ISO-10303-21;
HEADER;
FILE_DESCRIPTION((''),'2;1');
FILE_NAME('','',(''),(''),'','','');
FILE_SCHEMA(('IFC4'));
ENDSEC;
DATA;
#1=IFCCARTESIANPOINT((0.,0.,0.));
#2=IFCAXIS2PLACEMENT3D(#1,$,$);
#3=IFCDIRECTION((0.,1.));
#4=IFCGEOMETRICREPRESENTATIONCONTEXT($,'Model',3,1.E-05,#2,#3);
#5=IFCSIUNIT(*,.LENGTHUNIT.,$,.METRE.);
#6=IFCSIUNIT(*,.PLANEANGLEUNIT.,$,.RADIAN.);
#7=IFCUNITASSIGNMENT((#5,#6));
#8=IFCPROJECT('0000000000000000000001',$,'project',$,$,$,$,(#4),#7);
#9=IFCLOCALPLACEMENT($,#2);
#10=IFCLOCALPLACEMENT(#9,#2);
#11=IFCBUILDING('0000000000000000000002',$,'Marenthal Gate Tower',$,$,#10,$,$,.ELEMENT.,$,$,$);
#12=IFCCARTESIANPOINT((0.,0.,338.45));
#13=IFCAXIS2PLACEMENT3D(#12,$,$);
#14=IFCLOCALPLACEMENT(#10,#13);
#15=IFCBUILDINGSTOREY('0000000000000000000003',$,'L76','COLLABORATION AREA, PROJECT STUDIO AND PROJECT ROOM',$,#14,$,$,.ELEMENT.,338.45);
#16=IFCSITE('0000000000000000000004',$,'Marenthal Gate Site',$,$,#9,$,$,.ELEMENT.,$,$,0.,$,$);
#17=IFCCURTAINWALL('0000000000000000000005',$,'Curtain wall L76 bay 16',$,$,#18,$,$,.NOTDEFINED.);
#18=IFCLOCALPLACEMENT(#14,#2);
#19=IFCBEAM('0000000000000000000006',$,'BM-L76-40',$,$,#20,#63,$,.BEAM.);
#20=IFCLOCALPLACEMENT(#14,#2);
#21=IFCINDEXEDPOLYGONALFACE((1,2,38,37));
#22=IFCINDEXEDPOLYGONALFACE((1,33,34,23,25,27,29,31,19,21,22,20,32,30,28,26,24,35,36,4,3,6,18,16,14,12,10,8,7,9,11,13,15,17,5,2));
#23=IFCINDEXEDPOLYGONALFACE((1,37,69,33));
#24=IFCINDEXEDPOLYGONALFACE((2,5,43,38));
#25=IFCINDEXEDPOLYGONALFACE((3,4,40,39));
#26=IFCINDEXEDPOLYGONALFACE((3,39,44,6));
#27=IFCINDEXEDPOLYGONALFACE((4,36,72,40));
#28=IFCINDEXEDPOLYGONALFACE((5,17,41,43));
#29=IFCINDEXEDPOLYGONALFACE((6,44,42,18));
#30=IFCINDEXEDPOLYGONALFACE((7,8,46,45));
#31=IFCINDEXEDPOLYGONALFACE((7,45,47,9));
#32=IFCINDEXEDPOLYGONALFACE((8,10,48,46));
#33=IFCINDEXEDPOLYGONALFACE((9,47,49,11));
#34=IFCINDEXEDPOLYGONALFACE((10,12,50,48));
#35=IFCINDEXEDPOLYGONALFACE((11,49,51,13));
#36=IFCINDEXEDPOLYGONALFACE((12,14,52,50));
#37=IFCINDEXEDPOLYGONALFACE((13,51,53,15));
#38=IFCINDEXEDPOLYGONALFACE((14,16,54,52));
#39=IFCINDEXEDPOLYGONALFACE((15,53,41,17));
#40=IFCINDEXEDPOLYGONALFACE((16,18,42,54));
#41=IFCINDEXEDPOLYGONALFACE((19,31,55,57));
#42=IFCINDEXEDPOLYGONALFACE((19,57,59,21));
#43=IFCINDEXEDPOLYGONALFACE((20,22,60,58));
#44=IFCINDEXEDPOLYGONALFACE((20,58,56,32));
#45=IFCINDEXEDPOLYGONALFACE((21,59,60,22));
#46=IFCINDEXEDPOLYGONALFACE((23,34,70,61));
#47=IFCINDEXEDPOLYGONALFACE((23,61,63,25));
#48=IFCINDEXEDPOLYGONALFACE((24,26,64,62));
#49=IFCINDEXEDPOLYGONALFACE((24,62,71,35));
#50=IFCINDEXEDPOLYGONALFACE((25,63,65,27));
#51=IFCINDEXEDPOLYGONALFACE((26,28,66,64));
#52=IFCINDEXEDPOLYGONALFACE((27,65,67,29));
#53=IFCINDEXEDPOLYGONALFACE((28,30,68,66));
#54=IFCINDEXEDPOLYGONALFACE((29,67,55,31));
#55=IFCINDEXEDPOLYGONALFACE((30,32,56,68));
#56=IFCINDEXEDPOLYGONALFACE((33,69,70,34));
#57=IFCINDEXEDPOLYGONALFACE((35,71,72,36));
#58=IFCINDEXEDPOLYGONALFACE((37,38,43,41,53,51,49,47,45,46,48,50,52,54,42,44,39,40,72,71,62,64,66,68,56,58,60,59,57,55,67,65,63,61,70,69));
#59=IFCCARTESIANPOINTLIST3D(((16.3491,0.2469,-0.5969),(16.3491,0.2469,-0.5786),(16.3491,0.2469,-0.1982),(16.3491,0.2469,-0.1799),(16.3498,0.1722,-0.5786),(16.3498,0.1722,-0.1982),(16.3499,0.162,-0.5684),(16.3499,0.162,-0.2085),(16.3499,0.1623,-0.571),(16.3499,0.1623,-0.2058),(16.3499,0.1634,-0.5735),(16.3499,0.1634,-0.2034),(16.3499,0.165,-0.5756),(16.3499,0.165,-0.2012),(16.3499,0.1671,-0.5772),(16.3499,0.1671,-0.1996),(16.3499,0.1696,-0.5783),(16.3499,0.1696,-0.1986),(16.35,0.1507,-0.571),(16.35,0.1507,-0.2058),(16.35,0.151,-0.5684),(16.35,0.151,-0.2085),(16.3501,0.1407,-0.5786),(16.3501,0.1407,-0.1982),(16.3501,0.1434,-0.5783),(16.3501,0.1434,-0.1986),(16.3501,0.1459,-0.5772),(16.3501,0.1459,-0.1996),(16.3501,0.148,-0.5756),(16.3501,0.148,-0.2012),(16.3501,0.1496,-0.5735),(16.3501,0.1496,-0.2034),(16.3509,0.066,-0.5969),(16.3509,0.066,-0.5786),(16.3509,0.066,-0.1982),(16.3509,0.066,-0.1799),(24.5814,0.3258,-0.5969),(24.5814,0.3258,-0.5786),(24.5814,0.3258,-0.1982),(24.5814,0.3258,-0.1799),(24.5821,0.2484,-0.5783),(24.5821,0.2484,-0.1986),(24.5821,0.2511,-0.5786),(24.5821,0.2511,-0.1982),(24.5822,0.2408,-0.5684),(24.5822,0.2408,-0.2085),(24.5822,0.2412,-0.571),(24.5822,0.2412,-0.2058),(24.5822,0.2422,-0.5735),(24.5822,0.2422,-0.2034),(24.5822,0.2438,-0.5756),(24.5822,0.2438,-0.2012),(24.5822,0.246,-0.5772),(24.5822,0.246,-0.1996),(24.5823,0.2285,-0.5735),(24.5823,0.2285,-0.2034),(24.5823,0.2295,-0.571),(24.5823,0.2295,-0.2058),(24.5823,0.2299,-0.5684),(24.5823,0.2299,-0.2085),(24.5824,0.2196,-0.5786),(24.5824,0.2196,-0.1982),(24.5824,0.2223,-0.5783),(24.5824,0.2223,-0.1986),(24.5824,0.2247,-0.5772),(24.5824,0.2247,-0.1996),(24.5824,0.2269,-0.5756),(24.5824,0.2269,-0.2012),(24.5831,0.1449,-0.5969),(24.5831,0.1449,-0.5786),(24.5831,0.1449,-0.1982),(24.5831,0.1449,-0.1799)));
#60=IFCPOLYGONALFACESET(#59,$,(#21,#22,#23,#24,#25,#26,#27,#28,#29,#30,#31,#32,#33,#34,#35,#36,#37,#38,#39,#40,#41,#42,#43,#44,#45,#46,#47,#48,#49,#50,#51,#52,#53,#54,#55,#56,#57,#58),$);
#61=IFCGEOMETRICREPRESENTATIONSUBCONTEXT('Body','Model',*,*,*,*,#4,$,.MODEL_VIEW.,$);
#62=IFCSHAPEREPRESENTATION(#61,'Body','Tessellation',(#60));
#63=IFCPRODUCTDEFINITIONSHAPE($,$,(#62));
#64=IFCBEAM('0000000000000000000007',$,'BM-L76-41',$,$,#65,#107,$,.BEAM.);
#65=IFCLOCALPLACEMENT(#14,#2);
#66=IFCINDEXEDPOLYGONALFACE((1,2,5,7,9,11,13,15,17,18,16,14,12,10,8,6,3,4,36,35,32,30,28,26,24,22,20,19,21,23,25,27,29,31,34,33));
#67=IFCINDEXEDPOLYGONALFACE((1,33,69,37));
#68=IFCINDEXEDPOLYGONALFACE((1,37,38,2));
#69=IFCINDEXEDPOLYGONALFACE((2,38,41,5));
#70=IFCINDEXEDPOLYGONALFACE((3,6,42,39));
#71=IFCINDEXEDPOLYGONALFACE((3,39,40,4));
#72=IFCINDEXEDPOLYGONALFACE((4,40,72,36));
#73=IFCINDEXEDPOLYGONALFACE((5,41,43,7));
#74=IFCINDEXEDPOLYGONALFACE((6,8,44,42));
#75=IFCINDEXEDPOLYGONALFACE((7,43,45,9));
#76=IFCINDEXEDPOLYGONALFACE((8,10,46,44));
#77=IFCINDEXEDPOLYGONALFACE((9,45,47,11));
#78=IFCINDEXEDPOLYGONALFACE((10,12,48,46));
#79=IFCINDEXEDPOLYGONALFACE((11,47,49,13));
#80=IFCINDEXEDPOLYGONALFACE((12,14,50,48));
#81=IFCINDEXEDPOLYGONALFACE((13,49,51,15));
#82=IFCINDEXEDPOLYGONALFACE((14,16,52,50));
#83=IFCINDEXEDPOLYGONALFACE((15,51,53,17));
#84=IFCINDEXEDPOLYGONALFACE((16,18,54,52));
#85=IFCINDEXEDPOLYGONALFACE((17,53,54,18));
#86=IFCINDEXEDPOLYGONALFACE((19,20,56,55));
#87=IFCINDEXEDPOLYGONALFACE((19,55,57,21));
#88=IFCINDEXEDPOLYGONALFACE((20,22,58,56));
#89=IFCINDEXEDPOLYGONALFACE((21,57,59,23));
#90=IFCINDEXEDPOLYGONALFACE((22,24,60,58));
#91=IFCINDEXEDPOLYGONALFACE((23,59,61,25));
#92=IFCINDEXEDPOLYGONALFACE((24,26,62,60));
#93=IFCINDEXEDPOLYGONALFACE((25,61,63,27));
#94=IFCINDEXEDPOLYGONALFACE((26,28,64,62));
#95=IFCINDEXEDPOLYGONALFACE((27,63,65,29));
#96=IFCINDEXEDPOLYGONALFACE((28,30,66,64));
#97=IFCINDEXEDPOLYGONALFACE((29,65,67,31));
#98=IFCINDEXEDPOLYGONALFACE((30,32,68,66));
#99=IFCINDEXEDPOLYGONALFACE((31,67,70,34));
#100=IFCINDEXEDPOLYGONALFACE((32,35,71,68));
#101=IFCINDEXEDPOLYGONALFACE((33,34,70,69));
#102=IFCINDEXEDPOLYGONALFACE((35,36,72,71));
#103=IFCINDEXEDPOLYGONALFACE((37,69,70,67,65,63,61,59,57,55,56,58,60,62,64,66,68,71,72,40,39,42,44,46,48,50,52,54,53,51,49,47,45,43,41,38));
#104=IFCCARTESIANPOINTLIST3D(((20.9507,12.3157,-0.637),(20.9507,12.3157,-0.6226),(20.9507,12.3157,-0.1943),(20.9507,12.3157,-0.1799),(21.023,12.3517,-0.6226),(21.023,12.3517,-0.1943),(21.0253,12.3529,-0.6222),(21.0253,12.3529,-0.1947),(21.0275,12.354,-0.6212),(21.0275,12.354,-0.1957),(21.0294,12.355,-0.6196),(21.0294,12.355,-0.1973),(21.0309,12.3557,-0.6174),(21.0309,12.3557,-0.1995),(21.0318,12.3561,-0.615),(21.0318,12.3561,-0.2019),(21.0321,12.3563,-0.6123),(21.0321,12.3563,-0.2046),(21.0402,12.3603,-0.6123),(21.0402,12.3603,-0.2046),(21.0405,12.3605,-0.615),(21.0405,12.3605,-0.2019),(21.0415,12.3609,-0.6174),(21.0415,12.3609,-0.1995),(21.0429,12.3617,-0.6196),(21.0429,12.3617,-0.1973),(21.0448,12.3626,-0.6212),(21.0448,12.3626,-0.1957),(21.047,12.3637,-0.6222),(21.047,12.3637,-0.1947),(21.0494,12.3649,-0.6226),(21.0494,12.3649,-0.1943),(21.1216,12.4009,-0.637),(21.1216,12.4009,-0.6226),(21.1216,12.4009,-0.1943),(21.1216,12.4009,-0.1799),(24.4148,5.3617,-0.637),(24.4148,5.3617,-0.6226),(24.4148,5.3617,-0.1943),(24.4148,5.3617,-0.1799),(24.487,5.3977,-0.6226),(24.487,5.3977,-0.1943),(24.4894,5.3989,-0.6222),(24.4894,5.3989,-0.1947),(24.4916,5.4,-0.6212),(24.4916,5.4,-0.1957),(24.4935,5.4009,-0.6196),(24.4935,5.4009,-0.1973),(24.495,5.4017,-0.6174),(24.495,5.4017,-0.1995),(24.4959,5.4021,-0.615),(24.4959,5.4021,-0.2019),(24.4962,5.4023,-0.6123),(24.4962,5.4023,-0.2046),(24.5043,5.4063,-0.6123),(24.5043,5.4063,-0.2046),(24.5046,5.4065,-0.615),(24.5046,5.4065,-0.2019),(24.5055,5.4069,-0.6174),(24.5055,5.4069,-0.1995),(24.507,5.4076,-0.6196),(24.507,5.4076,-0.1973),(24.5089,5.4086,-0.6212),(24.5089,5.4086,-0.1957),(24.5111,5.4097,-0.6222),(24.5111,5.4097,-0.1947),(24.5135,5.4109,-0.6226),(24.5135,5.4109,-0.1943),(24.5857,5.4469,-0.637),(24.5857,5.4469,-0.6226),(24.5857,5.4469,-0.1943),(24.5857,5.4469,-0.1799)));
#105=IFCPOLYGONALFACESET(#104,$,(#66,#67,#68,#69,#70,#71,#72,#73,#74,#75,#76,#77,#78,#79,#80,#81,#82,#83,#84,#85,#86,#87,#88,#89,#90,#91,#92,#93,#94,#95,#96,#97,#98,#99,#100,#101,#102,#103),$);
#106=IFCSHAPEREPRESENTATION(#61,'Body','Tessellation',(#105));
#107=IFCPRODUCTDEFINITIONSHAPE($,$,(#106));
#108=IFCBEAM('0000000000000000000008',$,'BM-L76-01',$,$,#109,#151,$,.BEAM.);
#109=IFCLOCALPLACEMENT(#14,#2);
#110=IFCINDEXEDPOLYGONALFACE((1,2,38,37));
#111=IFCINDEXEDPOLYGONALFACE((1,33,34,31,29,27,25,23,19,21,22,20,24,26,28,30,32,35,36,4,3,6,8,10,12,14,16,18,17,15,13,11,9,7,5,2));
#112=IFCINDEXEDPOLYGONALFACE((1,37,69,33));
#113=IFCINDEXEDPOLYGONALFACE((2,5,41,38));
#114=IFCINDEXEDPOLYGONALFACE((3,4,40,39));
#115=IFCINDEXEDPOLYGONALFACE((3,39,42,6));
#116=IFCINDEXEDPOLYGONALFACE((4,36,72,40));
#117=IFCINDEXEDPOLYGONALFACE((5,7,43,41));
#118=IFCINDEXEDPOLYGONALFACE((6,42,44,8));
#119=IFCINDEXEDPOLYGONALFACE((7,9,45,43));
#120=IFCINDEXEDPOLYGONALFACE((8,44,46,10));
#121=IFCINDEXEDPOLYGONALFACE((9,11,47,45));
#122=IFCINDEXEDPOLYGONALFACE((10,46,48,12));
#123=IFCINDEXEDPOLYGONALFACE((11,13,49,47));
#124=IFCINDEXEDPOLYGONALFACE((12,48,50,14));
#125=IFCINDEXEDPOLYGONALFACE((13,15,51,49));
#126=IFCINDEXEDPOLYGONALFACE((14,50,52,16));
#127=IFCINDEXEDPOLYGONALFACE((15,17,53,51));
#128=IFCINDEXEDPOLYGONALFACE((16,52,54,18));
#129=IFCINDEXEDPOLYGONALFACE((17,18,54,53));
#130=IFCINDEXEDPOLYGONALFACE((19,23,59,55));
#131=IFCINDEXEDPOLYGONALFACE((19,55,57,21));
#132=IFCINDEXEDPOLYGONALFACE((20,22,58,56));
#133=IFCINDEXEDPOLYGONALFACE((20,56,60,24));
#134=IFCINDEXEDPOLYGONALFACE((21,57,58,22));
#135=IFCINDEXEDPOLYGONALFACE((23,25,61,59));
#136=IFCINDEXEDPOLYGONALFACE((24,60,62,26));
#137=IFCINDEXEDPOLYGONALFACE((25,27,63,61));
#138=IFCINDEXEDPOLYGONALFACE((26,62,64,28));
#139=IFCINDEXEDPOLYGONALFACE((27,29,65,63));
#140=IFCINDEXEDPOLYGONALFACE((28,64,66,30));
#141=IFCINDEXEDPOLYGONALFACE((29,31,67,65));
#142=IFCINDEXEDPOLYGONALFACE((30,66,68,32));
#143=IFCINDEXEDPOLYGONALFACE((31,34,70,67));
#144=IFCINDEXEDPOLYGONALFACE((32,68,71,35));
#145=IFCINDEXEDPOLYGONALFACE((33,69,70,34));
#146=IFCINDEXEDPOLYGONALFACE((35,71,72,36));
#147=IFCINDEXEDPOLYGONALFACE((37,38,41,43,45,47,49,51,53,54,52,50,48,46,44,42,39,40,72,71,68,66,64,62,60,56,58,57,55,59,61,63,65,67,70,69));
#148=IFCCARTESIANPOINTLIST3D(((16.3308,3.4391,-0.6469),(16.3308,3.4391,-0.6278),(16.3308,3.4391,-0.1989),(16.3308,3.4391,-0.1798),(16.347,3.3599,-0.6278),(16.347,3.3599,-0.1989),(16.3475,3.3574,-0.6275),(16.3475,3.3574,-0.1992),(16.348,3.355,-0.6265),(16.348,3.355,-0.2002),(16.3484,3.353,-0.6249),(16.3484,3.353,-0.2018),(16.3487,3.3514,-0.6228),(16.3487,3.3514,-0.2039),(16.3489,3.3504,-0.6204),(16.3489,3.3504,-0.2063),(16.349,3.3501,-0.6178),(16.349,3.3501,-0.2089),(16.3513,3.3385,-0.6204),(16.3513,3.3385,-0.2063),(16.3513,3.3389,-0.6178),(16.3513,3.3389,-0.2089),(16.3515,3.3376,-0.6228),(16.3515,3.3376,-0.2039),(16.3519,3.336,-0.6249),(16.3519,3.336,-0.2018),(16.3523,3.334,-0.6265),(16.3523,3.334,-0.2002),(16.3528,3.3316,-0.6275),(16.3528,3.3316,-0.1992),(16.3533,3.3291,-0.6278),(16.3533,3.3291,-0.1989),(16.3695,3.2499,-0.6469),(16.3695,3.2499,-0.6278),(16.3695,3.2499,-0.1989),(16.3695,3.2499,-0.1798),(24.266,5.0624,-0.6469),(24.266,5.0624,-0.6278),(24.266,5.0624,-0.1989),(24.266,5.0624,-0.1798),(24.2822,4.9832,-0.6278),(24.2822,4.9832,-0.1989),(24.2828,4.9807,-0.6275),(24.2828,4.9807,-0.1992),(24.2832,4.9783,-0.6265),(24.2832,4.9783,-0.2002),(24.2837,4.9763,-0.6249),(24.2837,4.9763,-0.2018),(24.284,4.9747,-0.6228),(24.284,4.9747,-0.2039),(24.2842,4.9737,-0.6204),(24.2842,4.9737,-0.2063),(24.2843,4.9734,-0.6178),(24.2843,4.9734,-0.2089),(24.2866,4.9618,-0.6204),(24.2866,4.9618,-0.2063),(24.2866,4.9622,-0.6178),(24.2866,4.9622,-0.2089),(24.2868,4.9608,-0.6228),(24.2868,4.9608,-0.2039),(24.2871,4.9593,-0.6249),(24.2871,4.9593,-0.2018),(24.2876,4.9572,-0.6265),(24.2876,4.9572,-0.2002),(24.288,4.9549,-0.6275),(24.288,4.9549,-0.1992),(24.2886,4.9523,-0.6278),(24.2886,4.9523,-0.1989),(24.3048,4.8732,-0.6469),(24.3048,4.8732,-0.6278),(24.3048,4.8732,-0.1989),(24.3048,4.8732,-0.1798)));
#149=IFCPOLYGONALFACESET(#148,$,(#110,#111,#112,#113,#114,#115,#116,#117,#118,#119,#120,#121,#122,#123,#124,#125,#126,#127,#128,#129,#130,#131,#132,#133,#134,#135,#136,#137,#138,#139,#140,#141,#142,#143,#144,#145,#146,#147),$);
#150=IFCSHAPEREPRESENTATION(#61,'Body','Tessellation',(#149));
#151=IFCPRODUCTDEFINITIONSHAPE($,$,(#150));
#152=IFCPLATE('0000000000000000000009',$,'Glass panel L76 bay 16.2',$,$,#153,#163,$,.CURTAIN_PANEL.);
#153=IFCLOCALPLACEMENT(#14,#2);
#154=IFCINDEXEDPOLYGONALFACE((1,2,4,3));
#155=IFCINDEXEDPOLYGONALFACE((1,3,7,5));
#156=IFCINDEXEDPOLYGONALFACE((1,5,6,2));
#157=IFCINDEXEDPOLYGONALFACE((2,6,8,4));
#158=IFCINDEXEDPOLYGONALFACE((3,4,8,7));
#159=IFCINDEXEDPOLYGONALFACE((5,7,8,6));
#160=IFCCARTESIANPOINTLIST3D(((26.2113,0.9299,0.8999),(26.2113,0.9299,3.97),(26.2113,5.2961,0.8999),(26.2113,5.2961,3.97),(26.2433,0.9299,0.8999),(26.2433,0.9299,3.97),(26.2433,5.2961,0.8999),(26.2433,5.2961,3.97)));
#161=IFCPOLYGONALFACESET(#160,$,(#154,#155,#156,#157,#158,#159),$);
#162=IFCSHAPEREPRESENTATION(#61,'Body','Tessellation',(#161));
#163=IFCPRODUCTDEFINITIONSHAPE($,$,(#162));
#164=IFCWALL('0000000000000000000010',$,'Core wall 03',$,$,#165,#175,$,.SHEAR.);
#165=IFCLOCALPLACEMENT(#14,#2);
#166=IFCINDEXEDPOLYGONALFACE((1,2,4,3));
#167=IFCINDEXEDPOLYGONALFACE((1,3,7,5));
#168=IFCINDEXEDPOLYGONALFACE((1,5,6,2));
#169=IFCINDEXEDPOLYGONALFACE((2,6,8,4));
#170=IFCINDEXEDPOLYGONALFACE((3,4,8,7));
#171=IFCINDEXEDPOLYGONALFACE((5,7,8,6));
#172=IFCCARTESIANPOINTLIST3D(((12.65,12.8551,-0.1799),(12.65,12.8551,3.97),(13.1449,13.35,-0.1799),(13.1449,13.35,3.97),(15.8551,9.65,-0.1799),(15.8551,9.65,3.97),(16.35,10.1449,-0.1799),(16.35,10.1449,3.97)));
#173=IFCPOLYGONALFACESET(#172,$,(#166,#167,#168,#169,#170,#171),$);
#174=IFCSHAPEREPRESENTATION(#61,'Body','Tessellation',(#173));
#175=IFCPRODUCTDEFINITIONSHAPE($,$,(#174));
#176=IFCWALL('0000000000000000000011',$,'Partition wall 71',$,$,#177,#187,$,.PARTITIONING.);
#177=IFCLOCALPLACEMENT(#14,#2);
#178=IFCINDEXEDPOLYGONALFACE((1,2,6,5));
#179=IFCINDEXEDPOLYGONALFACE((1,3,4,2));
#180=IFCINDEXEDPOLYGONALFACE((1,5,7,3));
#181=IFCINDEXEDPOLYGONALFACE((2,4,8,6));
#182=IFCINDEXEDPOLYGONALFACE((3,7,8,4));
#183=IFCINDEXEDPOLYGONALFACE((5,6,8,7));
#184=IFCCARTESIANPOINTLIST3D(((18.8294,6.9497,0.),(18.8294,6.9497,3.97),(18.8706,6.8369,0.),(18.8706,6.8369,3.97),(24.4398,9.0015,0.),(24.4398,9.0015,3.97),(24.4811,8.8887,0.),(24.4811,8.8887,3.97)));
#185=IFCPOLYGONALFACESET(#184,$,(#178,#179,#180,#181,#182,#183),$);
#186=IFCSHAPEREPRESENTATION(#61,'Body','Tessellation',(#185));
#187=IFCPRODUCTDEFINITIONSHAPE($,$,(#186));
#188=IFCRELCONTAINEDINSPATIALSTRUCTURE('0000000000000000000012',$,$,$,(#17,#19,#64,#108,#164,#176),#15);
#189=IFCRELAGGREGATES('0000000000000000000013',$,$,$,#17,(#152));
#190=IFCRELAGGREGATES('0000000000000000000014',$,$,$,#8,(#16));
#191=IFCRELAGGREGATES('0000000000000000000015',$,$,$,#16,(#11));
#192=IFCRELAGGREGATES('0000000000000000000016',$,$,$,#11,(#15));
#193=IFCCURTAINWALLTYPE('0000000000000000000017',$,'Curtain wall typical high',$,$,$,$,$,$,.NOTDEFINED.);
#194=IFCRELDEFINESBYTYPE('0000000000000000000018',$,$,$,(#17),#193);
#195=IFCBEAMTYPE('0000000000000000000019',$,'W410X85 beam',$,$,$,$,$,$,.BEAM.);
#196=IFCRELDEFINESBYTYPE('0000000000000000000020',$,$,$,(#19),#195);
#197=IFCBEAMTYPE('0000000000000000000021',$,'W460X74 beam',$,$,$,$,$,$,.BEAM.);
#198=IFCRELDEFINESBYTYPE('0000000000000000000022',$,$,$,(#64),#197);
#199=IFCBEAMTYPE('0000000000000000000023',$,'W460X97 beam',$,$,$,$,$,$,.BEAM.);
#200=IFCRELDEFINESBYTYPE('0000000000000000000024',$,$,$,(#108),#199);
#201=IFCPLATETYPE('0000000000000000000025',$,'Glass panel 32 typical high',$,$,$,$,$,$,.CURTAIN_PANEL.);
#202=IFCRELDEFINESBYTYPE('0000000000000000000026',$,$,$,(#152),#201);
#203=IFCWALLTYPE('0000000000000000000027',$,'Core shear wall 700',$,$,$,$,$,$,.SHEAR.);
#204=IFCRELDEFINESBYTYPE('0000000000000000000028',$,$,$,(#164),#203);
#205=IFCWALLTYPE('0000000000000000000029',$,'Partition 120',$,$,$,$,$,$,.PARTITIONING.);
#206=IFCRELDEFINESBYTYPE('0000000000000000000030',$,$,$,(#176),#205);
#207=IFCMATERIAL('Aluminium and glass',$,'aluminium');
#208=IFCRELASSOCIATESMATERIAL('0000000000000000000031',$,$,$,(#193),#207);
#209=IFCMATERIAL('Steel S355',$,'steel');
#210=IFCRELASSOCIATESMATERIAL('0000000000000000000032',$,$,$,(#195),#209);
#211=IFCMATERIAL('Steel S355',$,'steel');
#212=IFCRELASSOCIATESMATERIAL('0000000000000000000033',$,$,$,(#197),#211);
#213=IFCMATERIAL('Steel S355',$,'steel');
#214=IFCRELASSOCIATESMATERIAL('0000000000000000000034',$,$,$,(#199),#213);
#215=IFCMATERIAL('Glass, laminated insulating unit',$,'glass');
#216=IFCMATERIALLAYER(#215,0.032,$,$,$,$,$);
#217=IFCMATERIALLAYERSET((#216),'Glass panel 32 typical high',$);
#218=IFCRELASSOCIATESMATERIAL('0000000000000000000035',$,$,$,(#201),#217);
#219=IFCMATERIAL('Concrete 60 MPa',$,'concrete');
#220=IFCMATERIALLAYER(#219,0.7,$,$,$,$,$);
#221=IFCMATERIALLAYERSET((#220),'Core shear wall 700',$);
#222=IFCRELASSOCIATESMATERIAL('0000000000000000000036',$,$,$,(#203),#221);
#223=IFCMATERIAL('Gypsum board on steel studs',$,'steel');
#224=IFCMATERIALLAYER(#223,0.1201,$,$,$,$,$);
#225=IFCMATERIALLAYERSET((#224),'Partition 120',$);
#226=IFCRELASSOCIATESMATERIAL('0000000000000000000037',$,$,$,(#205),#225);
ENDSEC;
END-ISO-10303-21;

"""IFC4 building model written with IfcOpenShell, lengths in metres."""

from ifc_helpers import new_model, si_unit, direction, frame, frame_2d, origin, origin_2d, place, context, subcontext, project, spatial, rectangle, i_section, extrude, material, layer, layer_set, material_profile, profile_set, type_object, element, aggregate, save


model = new_model("IFC4")

# Units and contexts
model_context = context("Model", 3, precision=1e-05, world=origin(), true_north=direction((0.0, 1.0)))
body_context = subcontext(model_context, "Body", "Model", "MODEL_VIEW")
ifc_project = project(units=[si_unit("LENGTHUNIT", "METRE"), si_unit("PLANEANGLEUNIT", "RADIAN")], contexts=[model_context])

# Site, building, storey
site_placement = place(None, origin())
site = spatial("IfcSite", under=ifc_project, at=site_placement, Name="Marenthal Gate Site", CompositionType="ELEMENT", RefElevation=0.0)
building_placement = place(site_placement, origin())
building = spatial("IfcBuilding", under=site, at=building_placement, Name="Marenthal Gate Tower", CompositionType="ELEMENT")
storey_placement = place(building_placement, frame((0.0, 0.0, 338.45)))
storey = spatial("IfcBuildingStorey", under=building, at=storey_placement, Name="L76", Description="COLLABORATION AREA, PROJECT STUDIO AND PROJECT ROOM", CompositionType="ELEMENT", Elevation=338.45)

# Curtain wall
ifc_material_1 = material(Name="Aluminium and glass", Category="aluminium")
curtain_wall_type = type_object("IfcCurtainWallType", Name="Curtain wall typical high", PredefinedType="NOTDEFINED", material=ifc_material_1)
curtain_wall_placement = place(storey_placement, origin())
curtain_wall = element("IfcCurtainWall", 1, at=curtain_wall_placement, inside=storey, type_object=curtain_wall_type, Name="Curtain wall L76 bay 16", PredefinedType="NOTDEFINED")

# Beams
ifc_material_2 = material(Name="Steel S355", Category="steel")
ifc_material_profile_1 = material_profile(ifc_material_2, i_section(OverallWidth=0.1809, OverallDepth=0.417, WebThickness=0.011, FlangeThickness=0.0183, FilletRadius=0.0103, at=origin_2d()), Name="W410X85")
ifc_profile_set_1 = profile_set([ifc_material_profile_1], Name="Steel S355")
beam_type_1 = type_object("IfcBeamType", Name="W410X85 beam", PredefinedType="BEAM", material=ifc_profile_set_1)
beam_1_placement = place(storey_placement, frame((24.5823, 0.2354, -0.3884), z_axis=(-0.999954, -0.009579, 0.0), x_axis=(0.009579, -0.999954, 0.0)))
element("IfcBeam", 2, at=beam_1_placement, inside=storey, type_object=beam_type_1, Name="BM-L76-40", PredefinedType="BEAM", context=body_context, shape_type="SweptSolid", body=[
    extrude(i_section(OverallWidth=0.1809, OverallDepth=0.417, WebThickness=0.011, FlangeThickness=0.0183, FilletRadius=0.0103, at=origin_2d()), origin(), (0.0, 0.0, 1.0), 8.2327),
])
ifc_material_3 = material(Name="Steel S355", Category="steel")
ifc_material_profile_2 = material_profile(ifc_material_3, i_section(OverallWidth=0.1909, OverallDepth=0.457, WebThickness=0.009, FlangeThickness=0.0144, FilletRadius=0.0103, at=origin_2d()), Name="W460X74")
ifc_profile_set_2 = profile_set([ifc_material_profile_2], Name="Steel S355")
beam_type_2 = type_object("IfcBeamType", Name="W460X74 beam", PredefinedType="BEAM", material=ifc_profile_set_2)
beam_2_placement = place(storey_placement, frame((24.5002, 5.4043, -0.4084), z_axis=(-0.445881, 0.895092, 0.0), x_axis=(-0.895092, -0.445881, 0.0)))
element("IfcBeam", 3, at=beam_2_placement, inside=storey, type_object=beam_type_2, Name="BM-L76-41", PredefinedType="BEAM", context=body_context, shape_type="SweptSolid", body=[
    extrude(i_section(OverallWidth=0.1909, OverallDepth=0.457, WebThickness=0.009, FlangeThickness=0.0144, FilletRadius=0.0103, at=origin_2d()), origin(), (0.0, 0.0, 1.0), 7.769),
])
ifc_material_4 = material(Name="Steel S355", Category="steel")
ifc_material_profile_3 = material_profile(ifc_material_4, i_section(OverallWidth=0.1931, OverallDepth=0.467, WebThickness=0.0115, FlangeThickness=0.019, FilletRadius=0.01, at=origin_2d()), Name="W460X97")
ifc_profile_set_3 = profile_set([ifc_material_profile_3], Name="Steel S355")
beam_type_3 = type_object("IfcBeamType", Name="W460X97 beam", PredefinedType="BEAM", material=ifc_profile_set_3)
beam_3_placement = place(storey_placement, frame((24.2854, 4.9678, -0.4133), z_axis=(-0.979711, -0.200415, 0.0), x_axis=(0.200415, -0.979711, 0.0)))
element("IfcBeam", 4, at=beam_3_placement, inside=storey, type_object=beam_type_3, Name="BM-L76-01", PredefinedType="BEAM", context=body_context, shape_type="SweptSolid", body=[
    extrude(i_section(OverallWidth=0.1931, OverallDepth=0.467, WebThickness=0.0115, FlangeThickness=0.019, FilletRadius=0.01, at=origin_2d()), origin(), (0.0, 0.0, 1.0), 8.0996),
])

# Plate
ifc_material_5 = material(Name="Glass, laminated insulating unit", Category="glass")
ifc_layer_1 = layer(ifc_material_5, 0.032)
ifc_layer_set_1 = layer_set([ifc_layer_1], Name="Glass panel 32 typical high")
plate_type = type_object("IfcPlateType", Name="Glass panel 32 typical high", PredefinedType="CURTAIN_PANEL", material=ifc_layer_set_1)
plate_placement = place(storey_placement, frame((26.2273, 3.113, 0.8999), z_axis=(0.0, 0.0, 1.0), x_axis=(0.0, 1.0, 0.0)))
plate = element("IfcPlate", 5, at=plate_placement, type_object=plate_type, Name="Glass panel L76 bay 16.2", PredefinedType="CURTAIN_PANEL", context=body_context, shape_type="SweptSolid", body=[
    extrude(rectangle(XDim=4.3662, YDim=0.032, at=origin_2d()), origin(), (0.0, 0.0, 1.0), 3.0701),
])
aggregate(curtain_wall, [plate])

# Walls
ifc_material_6 = material(Name="Concrete 60 MPa", Category="concrete")
ifc_layer_2 = layer(ifc_material_6, 0.7)
ifc_layer_set_2 = layer_set([ifc_layer_2], Name="Core shear wall 700")
wall_type_1 = type_object("IfcWallType", Name="Core shear wall 700", PredefinedType="SHEAR", material=ifc_layer_set_2)
wall_1_placement = place(storey_placement, frame((16.1025, 9.8975, -0.1799), z_axis=(0.0, 0.0, 1.0), x_axis=(-0.707107, 0.707107, 0.0)))
element("IfcWall", 6, at=wall_1_placement, inside=storey, type_object=wall_type_1, Name="Core wall 03", PredefinedType="SHEAR", context=body_context, shape_type="SweptSolid", body=[
    extrude(rectangle(XDim=4.5327, YDim=0.7, at=frame_2d((2.2664, 0.0))), origin(), (0.0, 0.0, 1.0), 4.1499),
])
ifc_material_7 = material(Name="Gypsum board on steel studs", Category="steel")
ifc_layer_3 = layer(ifc_material_7, 0.1201)
ifc_layer_set_3 = layer_set([ifc_layer_3], Name="Partition 120")
wall_type_2 = type_object("IfcWallType", Name="Partition 120", PredefinedType="PARTITIONING", material=ifc_layer_set_3)
wall_2_placement = place(storey_placement, frame((18.8501, 6.8933, 0.0), z_axis=(0.0, 0.0, 1.0), x_axis=(0.939167, 0.343462, 0.0)))
element("IfcWall", 7, at=wall_2_placement, inside=storey, type_object=wall_type_2, Name="Partition wall 71", PredefinedType="PARTITIONING", context=body_context, shape_type="SweptSolid", body=[
    extrude(rectangle(XDim=5.9739, YDim=0.1201, at=frame_2d((2.9868, 0.0))), origin(), (0.0, 0.0, 1.0), 3.97),
])

save(model, "model.ifc")
